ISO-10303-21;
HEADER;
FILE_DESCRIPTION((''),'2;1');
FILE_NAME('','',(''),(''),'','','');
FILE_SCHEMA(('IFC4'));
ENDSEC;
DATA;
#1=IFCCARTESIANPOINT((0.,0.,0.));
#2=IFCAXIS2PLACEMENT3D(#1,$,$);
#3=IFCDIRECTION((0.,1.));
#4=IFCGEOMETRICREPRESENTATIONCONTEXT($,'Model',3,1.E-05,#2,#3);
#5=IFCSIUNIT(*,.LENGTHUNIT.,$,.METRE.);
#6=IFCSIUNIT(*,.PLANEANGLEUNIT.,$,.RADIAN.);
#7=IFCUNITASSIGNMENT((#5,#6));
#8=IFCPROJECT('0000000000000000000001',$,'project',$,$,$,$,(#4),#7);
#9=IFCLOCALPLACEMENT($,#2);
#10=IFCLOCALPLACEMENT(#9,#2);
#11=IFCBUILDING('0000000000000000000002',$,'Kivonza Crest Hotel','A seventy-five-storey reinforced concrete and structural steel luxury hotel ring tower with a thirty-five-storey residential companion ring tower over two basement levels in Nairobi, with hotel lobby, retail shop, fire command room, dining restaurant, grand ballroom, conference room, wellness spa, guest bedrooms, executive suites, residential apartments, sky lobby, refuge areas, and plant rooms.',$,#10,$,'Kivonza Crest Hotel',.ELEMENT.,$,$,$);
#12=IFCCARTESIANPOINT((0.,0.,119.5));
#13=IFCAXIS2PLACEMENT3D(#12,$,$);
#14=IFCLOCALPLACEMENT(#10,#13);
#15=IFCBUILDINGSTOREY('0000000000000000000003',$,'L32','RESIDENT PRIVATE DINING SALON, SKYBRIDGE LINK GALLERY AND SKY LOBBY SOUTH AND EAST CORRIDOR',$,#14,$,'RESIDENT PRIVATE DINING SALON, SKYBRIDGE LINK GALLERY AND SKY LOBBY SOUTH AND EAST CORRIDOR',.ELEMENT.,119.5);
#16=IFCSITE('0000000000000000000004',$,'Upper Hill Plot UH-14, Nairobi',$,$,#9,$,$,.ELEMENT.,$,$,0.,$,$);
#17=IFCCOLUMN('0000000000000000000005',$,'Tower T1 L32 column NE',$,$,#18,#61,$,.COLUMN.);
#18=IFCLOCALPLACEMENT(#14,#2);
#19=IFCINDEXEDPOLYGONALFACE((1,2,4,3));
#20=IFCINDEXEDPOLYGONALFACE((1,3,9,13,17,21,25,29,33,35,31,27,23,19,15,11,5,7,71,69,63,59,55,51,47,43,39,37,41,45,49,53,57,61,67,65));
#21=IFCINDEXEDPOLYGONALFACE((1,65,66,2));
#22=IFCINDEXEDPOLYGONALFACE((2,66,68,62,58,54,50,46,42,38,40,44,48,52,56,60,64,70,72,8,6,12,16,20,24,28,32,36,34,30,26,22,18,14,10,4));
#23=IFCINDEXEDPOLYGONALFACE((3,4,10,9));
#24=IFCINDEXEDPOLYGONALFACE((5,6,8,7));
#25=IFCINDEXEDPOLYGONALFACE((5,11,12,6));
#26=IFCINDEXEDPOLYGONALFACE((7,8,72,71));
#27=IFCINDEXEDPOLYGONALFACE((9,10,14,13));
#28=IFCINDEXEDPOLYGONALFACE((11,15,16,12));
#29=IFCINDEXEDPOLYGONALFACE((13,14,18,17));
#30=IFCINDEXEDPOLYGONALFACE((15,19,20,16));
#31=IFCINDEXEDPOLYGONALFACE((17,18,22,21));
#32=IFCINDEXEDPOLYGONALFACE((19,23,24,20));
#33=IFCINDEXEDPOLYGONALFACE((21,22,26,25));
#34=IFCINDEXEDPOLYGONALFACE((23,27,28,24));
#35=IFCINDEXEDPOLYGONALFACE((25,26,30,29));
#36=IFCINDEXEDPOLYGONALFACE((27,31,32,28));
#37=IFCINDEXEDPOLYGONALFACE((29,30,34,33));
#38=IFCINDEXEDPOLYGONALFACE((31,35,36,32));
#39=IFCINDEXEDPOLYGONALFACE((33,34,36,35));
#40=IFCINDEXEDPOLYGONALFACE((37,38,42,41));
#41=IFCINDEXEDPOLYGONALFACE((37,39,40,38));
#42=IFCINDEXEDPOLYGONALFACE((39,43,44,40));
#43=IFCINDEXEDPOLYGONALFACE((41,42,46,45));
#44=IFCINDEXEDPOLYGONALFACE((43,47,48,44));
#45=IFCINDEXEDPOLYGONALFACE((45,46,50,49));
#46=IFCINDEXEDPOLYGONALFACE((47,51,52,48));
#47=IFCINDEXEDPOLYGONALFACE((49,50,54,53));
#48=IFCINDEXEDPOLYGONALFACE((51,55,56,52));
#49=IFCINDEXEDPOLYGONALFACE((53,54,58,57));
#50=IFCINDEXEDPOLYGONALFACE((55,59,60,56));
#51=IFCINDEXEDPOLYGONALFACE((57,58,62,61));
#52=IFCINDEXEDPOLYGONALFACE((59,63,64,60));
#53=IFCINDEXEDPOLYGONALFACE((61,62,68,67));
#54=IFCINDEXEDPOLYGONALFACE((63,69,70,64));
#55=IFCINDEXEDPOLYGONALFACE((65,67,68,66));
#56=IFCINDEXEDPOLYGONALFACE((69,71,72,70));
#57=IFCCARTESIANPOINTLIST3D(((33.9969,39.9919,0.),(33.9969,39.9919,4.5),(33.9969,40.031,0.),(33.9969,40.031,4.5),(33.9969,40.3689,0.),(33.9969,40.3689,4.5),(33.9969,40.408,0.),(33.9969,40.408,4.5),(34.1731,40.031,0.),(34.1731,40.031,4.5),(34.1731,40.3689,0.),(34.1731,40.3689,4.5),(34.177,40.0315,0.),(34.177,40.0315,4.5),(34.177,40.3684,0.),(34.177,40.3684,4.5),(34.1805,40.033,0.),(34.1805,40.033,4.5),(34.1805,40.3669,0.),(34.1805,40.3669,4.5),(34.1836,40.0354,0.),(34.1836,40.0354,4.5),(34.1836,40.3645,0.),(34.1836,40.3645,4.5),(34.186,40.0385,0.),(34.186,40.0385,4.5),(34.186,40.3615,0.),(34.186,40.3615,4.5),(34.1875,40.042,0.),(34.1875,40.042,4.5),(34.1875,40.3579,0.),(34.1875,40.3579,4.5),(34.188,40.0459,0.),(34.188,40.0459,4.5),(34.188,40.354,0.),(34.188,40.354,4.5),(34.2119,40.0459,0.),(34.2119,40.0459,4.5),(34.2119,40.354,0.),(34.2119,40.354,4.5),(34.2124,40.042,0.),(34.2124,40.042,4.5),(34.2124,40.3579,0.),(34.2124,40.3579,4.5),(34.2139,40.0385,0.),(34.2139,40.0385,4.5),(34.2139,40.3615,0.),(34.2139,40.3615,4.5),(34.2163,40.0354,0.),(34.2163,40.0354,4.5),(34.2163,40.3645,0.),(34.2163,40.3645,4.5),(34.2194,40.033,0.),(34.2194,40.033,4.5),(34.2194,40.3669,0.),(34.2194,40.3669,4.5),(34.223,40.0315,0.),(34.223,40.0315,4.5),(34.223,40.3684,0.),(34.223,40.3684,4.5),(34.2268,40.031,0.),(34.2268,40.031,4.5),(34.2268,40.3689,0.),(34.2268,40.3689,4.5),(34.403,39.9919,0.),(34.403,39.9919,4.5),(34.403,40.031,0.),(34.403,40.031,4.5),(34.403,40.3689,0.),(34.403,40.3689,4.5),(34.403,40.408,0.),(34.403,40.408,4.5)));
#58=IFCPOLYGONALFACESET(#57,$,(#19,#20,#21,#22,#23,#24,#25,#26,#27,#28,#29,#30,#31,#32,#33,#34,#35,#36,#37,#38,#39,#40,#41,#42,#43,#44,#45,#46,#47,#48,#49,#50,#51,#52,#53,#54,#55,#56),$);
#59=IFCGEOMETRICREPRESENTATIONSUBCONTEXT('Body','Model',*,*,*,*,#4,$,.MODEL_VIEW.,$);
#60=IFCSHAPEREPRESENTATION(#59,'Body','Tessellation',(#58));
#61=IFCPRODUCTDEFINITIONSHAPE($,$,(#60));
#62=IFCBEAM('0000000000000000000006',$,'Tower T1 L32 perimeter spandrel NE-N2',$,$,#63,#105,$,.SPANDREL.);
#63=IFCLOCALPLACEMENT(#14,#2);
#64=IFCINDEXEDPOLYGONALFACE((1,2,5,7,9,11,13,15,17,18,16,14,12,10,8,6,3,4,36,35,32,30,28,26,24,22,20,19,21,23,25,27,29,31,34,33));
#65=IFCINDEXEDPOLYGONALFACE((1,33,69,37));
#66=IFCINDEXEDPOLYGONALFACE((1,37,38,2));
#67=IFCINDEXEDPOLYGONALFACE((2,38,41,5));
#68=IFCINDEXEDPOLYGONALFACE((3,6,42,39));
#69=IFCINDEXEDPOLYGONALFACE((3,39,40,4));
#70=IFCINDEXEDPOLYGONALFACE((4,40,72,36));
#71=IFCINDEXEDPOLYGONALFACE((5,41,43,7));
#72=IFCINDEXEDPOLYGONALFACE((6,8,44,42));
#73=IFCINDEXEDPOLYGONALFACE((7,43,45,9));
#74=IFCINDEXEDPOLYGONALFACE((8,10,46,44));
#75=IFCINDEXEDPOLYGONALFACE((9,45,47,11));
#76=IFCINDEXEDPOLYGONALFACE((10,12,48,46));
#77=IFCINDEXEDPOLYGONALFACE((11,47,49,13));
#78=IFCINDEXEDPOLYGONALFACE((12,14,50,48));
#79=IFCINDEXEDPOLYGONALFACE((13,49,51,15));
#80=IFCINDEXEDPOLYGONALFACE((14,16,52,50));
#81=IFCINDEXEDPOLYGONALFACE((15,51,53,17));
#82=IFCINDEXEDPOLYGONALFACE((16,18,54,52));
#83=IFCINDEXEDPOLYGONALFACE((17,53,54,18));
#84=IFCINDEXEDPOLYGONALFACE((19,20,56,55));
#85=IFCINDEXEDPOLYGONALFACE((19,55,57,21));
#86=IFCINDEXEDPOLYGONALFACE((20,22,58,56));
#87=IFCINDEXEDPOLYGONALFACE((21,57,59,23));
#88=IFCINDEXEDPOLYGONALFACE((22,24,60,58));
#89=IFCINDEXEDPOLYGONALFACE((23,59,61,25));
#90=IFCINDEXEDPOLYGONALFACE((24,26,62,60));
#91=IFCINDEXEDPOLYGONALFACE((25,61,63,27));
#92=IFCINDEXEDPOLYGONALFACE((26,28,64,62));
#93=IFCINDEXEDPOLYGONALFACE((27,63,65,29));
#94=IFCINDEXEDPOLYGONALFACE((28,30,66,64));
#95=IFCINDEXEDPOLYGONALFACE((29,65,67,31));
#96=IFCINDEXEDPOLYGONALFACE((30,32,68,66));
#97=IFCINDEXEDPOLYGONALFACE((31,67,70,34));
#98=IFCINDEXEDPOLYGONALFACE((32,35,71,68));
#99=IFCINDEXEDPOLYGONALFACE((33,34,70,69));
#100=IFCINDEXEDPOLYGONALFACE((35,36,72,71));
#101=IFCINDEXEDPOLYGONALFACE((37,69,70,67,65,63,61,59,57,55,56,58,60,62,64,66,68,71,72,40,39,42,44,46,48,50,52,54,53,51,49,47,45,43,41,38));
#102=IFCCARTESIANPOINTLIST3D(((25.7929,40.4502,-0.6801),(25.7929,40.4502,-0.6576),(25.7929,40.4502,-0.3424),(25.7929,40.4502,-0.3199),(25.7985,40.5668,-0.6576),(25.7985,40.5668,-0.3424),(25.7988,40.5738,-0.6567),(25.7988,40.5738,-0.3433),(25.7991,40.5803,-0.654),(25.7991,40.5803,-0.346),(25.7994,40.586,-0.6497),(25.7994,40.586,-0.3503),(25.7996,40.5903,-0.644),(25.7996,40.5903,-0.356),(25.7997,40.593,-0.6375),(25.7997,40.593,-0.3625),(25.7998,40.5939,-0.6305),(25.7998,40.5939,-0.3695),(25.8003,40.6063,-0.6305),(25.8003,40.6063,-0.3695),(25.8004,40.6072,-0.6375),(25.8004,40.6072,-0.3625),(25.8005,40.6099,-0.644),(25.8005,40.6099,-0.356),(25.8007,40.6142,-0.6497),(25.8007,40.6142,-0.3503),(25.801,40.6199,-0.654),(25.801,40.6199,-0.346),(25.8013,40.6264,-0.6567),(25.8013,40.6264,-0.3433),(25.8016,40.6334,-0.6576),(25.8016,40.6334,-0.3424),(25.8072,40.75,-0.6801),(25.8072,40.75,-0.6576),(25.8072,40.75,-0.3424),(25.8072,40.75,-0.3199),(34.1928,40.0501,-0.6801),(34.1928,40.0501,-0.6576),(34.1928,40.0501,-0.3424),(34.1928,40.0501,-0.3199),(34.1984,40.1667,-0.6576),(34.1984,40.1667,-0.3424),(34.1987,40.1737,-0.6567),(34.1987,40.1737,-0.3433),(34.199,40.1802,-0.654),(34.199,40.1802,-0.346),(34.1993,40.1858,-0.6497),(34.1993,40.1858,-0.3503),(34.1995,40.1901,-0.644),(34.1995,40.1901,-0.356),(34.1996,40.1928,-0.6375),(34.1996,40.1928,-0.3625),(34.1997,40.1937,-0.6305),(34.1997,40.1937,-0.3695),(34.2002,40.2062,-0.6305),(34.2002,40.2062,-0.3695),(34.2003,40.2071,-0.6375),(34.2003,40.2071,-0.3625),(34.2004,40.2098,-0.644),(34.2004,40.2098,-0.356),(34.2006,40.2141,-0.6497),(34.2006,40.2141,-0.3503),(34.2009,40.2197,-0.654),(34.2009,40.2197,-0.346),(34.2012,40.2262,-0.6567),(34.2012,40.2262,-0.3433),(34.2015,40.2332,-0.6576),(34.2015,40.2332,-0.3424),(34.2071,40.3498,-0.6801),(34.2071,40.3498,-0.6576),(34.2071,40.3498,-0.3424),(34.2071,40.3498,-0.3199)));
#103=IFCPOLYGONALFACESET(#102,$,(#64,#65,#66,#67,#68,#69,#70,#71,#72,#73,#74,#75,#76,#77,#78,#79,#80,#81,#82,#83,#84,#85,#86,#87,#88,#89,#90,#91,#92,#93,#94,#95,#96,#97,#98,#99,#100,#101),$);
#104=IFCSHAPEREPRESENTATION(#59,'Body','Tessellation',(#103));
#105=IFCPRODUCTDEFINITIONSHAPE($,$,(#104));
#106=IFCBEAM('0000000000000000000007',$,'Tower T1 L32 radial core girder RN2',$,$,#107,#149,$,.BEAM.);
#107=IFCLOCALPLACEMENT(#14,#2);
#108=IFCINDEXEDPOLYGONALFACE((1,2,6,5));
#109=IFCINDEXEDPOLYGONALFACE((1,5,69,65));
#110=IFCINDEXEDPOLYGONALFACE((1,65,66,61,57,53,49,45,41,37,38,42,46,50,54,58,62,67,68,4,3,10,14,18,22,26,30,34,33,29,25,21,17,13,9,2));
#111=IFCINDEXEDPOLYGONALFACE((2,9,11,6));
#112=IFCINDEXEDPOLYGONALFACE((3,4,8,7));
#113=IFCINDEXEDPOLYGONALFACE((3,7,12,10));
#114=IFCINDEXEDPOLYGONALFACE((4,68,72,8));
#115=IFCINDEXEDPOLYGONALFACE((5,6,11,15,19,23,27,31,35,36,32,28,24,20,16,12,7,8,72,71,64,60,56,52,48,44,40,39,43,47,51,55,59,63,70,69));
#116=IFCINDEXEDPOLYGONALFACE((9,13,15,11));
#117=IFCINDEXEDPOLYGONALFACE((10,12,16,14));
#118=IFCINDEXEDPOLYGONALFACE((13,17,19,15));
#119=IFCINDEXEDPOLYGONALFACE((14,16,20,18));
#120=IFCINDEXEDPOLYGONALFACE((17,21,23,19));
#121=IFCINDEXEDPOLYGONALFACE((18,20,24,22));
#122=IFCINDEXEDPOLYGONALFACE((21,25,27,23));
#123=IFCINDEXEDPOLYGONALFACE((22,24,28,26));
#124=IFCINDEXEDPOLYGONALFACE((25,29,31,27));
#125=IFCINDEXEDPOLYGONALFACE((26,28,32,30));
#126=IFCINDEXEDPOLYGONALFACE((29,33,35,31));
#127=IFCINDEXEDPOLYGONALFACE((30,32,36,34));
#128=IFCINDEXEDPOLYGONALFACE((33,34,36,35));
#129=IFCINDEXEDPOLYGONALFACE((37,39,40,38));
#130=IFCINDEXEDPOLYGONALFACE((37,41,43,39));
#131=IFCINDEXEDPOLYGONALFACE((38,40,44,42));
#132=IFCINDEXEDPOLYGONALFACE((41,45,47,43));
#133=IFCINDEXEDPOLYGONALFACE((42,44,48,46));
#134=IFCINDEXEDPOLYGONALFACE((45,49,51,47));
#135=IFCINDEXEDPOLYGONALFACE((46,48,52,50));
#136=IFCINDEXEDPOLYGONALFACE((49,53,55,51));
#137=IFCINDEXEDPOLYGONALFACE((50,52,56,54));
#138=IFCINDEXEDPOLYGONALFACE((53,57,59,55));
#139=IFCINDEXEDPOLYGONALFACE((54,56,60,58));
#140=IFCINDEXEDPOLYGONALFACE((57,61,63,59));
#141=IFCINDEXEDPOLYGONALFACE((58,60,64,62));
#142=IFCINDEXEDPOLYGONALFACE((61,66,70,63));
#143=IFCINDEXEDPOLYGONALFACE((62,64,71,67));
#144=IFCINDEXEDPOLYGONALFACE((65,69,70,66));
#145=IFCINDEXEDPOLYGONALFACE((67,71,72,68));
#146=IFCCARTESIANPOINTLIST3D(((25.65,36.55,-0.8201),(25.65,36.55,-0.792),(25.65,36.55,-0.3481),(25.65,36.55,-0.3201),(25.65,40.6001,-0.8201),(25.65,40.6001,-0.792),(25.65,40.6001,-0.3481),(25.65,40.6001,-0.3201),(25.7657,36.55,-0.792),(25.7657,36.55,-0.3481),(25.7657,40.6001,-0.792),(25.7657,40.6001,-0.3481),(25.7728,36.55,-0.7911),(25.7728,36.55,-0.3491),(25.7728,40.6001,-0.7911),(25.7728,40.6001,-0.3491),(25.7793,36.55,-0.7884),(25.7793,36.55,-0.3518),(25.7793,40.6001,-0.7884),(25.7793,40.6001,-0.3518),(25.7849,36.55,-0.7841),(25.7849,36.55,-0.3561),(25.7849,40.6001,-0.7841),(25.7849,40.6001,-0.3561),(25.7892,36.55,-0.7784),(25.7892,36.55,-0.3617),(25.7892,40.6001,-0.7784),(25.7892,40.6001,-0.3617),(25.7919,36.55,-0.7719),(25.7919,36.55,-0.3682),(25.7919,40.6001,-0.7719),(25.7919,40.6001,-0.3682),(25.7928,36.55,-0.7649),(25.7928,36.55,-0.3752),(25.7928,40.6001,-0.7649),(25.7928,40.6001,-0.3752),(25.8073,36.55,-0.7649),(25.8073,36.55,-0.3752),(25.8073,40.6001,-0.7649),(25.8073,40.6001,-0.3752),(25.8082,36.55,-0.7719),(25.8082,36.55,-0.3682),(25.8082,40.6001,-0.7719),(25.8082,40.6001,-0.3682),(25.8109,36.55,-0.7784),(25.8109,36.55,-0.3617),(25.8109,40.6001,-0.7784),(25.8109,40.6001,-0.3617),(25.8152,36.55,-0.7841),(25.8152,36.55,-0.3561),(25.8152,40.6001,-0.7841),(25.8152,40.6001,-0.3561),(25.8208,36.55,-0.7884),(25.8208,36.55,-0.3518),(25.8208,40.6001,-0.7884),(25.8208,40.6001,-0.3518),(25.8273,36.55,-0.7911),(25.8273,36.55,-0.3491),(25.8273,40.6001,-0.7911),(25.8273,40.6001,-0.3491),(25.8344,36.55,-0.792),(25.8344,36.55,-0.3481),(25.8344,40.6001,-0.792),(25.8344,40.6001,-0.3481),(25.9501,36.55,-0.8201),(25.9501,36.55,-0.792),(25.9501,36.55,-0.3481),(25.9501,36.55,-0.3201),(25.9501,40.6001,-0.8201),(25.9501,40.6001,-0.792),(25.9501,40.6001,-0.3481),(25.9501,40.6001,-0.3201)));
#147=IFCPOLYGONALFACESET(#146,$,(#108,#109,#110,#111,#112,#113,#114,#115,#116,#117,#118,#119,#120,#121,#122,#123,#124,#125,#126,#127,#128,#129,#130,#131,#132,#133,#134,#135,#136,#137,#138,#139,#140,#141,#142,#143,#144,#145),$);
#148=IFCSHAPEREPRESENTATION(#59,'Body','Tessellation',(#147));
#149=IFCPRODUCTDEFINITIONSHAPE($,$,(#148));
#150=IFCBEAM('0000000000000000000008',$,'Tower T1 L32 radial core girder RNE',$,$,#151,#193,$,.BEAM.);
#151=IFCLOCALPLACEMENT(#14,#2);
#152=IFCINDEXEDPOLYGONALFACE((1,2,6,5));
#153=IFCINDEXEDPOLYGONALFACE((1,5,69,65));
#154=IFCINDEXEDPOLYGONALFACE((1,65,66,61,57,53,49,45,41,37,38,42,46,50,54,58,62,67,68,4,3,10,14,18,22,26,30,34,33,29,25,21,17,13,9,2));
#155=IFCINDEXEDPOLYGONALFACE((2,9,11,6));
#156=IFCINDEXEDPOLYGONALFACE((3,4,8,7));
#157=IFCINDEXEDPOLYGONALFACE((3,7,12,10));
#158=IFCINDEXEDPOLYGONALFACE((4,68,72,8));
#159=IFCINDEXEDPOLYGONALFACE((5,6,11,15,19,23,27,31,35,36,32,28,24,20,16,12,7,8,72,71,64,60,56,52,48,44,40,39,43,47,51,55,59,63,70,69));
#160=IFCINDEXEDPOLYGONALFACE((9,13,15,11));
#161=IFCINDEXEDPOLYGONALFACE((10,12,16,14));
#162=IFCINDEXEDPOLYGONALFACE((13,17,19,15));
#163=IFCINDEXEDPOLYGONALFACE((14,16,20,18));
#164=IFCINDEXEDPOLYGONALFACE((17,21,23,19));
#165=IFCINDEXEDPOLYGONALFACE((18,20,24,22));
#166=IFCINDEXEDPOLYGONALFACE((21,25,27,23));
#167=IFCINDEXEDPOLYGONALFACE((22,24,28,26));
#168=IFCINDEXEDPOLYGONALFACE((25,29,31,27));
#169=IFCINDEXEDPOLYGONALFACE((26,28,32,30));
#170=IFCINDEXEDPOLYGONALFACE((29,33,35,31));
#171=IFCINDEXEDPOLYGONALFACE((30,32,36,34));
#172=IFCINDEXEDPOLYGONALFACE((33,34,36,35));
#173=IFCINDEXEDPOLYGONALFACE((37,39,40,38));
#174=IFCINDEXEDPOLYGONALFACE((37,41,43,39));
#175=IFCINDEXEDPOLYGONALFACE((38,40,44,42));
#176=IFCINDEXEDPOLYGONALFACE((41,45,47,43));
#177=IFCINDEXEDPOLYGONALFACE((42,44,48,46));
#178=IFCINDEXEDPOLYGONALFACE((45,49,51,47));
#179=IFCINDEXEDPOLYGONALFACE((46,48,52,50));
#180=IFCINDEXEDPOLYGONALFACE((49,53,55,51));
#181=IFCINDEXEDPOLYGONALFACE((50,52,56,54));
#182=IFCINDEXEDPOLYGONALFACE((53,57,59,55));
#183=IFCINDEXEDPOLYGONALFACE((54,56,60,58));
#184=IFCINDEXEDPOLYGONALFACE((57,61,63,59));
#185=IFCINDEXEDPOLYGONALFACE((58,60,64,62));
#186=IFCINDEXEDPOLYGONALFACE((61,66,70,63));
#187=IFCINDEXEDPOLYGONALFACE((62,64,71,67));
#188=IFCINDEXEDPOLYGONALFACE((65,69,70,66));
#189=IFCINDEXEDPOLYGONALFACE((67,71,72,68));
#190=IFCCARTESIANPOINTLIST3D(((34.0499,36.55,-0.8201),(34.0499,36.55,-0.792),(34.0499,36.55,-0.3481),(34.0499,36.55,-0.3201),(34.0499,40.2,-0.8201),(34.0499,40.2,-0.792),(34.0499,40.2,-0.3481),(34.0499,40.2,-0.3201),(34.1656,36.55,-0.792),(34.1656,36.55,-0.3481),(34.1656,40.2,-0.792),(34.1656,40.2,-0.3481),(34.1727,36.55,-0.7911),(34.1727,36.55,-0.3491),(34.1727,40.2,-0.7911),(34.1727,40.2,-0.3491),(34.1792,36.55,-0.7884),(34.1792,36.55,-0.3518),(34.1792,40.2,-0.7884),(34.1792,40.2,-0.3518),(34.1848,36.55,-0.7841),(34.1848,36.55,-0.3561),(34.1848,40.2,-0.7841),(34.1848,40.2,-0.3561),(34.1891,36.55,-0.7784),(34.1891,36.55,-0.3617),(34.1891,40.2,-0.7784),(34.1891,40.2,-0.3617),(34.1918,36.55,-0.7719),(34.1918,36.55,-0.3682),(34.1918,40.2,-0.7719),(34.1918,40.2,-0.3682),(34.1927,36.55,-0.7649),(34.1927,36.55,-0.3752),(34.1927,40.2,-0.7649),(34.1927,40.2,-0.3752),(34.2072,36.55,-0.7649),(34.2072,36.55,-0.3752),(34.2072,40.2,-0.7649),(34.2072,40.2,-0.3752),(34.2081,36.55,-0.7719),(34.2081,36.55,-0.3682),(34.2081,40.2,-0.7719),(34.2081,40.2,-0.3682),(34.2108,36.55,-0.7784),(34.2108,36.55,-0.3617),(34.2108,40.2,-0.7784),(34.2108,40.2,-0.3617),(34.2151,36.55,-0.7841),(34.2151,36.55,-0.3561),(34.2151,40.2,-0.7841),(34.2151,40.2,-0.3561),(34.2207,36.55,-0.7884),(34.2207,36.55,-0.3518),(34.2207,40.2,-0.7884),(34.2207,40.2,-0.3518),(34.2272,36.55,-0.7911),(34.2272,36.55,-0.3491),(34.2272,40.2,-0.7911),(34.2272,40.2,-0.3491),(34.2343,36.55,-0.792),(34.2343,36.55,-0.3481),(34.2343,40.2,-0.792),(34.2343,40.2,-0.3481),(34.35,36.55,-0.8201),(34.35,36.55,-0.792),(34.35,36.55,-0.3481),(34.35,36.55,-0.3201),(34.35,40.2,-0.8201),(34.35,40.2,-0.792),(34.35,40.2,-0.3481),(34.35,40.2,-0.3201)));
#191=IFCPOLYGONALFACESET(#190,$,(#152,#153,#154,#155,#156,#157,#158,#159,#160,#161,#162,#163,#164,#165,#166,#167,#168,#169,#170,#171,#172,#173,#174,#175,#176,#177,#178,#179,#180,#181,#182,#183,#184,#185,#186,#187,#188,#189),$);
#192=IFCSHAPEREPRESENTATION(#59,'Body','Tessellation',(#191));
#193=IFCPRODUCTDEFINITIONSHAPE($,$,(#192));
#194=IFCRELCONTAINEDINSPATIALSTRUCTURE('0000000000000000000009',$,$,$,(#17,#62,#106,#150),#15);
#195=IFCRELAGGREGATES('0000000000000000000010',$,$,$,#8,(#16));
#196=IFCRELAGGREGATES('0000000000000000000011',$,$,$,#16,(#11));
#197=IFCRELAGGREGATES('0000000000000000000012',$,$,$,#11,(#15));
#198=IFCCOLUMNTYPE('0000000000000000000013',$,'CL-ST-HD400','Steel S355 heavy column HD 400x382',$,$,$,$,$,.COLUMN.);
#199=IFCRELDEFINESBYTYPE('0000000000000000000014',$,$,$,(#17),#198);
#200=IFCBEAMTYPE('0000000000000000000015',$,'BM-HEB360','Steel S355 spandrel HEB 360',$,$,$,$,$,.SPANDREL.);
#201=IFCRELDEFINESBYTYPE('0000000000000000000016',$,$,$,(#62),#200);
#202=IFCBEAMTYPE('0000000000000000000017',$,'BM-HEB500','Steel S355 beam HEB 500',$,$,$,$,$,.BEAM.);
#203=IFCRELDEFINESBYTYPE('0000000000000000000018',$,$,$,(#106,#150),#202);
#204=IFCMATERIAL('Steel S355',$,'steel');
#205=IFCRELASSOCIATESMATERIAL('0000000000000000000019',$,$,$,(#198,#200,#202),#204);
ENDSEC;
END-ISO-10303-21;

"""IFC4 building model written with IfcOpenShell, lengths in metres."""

from ifc_helpers import new_model, si_unit, direction, frame, origin, origin_2d, place, context, subcontext, project, spatial, i_section, extrude, material, material_profile, profile_set, type_object, element, save


model = new_model("IFC4")

# Units and contexts
model_context = context("Model", 3, precision=1e-05, world=origin(), true_north=direction((0.0, 1.0)))
body_context = subcontext(model_context, "Body", "Model", "MODEL_VIEW")
ifc_project = project(units=[si_unit("LENGTHUNIT", "METRE"), si_unit("PLANEANGLEUNIT", "RADIAN")], contexts=[model_context])

# Site, building, storey
site_placement = place(None, origin())
site = spatial("IfcSite", under=ifc_project, at=site_placement, Name="Upper Hill Plot UH-14, Nairobi", CompositionType="ELEMENT", RefElevation=0.0)
building_placement = place(site_placement, origin())
building = spatial("IfcBuilding", under=site, at=building_placement, Name="Kivonza Crest Hotel", Description="A seventy-five-storey reinforced concrete and structural steel luxury hotel ring tower with a thirty-five-storey residential companion ring tower over two basement levels in Nairobi, with hotel lobby, retail shop, fire command room, dining restaurant, grand ballroom, conference room, wellness spa, guest bedrooms, executive suites, residential apartments, sky lobby, refuge areas, and plant rooms.", LongName="Kivonza Crest Hotel", CompositionType="ELEMENT")
storey_placement = place(building_placement, frame((0.0, 0.0, 119.5)))
storey = spatial("IfcBuildingStorey", under=building, at=storey_placement, Name="L32", Description="RESIDENT PRIVATE DINING SALON, SKYBRIDGE LINK GALLERY AND SKY LOBBY SOUTH AND EAST CORRIDOR", LongName="RESIDENT PRIVATE DINING SALON, SKYBRIDGE LINK GALLERY AND SKY LOBBY SOUTH AND EAST CORRIDOR", CompositionType="ELEMENT", Elevation=119.5)

# Column
ifc_material_1 = material(Name="Steel S355", Category="steel")
ifc_material_profile_1 = material_profile(ifc_material_1, i_section(OverallWidth=0.406, OverallDepth=0.416, WebThickness=0.0239, FlangeThickness=0.0391, FilletRadius=0.0149, at=origin_2d()), Name="HD 400x382")
ifc_profile_set_1 = profile_set([ifc_material_profile_1], Name="Steel S355")
column_type = type_object("IfcColumnType", Name="CL-ST-HD400", Description="Steel S355 heavy column HD 400x382", PredefinedType="COLUMN", material=ifc_profile_set_1)
column_placement = place(storey_placement, frame((34.2, 40.2, 0.0), z_axis=(0.0, 0.0, 1.0), x_axis=(1.0, 0.0, 0.0)))
element("IfcColumn", 1, at=column_placement, inside=storey, type_object=column_type, Name="Tower T1 L32 column NE", PredefinedType="COLUMN", context=body_context, shape_type="SweptSolid", body=[
    extrude(i_section(OverallWidth=0.406, OverallDepth=0.416, WebThickness=0.0239, FlangeThickness=0.0391, FilletRadius=0.0149, at=origin_2d()), origin(), (0.0, 0.0, 1.0), 4.5),
])

# Beams
ifc_material_profile_2 = material_profile(ifc_material_1, i_section(OverallWidth=0.3, OverallDepth=0.3601, WebThickness=0.0125, FlangeThickness=0.0225, FilletRadius=0.0271, at=origin_2d()), Name="HEB 360")
ifc_profile_set_2 = profile_set([ifc_material_profile_2], Name="Steel S355")
beam_type_1 = type_object("IfcBeamType", Name="BM-HEB360", Description="Steel S355 spandrel HEB 360", PredefinedType="SPANDREL", material=ifc_profile_set_2)
beam_1_placement = place(storey_placement, frame((34.2, 40.2, -0.5), z_axis=(-0.998867, 0.047583, 0.0), x_axis=(-0.047583, -0.998867, 0.0)))
element("IfcBeam", 2, at=beam_1_placement, inside=storey, type_object=beam_type_1, Name="Tower T1 L32 perimeter spandrel NE-N2", PredefinedType="SPANDREL", context=body_context, shape_type="SweptSolid", body=[
    extrude(i_section(OverallWidth=0.3, OverallDepth=0.3601, WebThickness=0.0125, FlangeThickness=0.0225, FilletRadius=0.0271, at=origin_2d()), origin(), (0.0, 0.0, 1.0), 8.4094),
])
ifc_material_profile_3 = material_profile(ifc_material_1, i_section(OverallWidth=0.3, OverallDepth=0.5, WebThickness=0.0144, FlangeThickness=0.0281, FilletRadius=0.0271, at=origin_2d()), Name="HEB 500")
ifc_profile_set_3 = profile_set([ifc_material_profile_3], Name="Steel S355")
beam_type_2 = type_object("IfcBeamType", Name="BM-HEB500", Description="Steel S355 beam HEB 500", PredefinedType="BEAM", material=ifc_profile_set_3)
beam_2_placement = place(storey_placement, frame((25.8, 40.6001, -0.5701), z_axis=(0.0, -1.0, 0.0), x_axis=(1.0, 0.0, 0.0)))
element("IfcBeam", 3, at=beam_2_placement, inside=storey, type_object=beam_type_2, Name="Tower T1 L32 radial core girder RN2", PredefinedType="BEAM", context=body_context, shape_type="SweptSolid", body=[
    extrude(i_section(OverallWidth=0.3, OverallDepth=0.5, WebThickness=0.0144, FlangeThickness=0.0281, FilletRadius=0.0271, at=origin_2d()), origin(), (0.0, 0.0, 1.0), 4.05),
])
beam_3_placement = place(storey_placement, frame((34.2, 40.2, -0.5701), z_axis=(0.0, -1.0, 0.0), x_axis=(1.0, 0.0, 0.0)))
element("IfcBeam", 4, at=beam_3_placement, inside=storey, type_object=beam_type_2, Name="Tower T1 L32 radial core girder RNE", PredefinedType="BEAM", context=body_context, shape_type="SweptSolid", body=[
    extrude(i_section(OverallWidth=0.3, OverallDepth=0.5, WebThickness=0.0144, FlangeThickness=0.0281, FilletRadius=0.0271, at=origin_2d()), origin(), (0.0, 0.0, 1.0), 3.6499),
])

save(model, "model.ifc")
